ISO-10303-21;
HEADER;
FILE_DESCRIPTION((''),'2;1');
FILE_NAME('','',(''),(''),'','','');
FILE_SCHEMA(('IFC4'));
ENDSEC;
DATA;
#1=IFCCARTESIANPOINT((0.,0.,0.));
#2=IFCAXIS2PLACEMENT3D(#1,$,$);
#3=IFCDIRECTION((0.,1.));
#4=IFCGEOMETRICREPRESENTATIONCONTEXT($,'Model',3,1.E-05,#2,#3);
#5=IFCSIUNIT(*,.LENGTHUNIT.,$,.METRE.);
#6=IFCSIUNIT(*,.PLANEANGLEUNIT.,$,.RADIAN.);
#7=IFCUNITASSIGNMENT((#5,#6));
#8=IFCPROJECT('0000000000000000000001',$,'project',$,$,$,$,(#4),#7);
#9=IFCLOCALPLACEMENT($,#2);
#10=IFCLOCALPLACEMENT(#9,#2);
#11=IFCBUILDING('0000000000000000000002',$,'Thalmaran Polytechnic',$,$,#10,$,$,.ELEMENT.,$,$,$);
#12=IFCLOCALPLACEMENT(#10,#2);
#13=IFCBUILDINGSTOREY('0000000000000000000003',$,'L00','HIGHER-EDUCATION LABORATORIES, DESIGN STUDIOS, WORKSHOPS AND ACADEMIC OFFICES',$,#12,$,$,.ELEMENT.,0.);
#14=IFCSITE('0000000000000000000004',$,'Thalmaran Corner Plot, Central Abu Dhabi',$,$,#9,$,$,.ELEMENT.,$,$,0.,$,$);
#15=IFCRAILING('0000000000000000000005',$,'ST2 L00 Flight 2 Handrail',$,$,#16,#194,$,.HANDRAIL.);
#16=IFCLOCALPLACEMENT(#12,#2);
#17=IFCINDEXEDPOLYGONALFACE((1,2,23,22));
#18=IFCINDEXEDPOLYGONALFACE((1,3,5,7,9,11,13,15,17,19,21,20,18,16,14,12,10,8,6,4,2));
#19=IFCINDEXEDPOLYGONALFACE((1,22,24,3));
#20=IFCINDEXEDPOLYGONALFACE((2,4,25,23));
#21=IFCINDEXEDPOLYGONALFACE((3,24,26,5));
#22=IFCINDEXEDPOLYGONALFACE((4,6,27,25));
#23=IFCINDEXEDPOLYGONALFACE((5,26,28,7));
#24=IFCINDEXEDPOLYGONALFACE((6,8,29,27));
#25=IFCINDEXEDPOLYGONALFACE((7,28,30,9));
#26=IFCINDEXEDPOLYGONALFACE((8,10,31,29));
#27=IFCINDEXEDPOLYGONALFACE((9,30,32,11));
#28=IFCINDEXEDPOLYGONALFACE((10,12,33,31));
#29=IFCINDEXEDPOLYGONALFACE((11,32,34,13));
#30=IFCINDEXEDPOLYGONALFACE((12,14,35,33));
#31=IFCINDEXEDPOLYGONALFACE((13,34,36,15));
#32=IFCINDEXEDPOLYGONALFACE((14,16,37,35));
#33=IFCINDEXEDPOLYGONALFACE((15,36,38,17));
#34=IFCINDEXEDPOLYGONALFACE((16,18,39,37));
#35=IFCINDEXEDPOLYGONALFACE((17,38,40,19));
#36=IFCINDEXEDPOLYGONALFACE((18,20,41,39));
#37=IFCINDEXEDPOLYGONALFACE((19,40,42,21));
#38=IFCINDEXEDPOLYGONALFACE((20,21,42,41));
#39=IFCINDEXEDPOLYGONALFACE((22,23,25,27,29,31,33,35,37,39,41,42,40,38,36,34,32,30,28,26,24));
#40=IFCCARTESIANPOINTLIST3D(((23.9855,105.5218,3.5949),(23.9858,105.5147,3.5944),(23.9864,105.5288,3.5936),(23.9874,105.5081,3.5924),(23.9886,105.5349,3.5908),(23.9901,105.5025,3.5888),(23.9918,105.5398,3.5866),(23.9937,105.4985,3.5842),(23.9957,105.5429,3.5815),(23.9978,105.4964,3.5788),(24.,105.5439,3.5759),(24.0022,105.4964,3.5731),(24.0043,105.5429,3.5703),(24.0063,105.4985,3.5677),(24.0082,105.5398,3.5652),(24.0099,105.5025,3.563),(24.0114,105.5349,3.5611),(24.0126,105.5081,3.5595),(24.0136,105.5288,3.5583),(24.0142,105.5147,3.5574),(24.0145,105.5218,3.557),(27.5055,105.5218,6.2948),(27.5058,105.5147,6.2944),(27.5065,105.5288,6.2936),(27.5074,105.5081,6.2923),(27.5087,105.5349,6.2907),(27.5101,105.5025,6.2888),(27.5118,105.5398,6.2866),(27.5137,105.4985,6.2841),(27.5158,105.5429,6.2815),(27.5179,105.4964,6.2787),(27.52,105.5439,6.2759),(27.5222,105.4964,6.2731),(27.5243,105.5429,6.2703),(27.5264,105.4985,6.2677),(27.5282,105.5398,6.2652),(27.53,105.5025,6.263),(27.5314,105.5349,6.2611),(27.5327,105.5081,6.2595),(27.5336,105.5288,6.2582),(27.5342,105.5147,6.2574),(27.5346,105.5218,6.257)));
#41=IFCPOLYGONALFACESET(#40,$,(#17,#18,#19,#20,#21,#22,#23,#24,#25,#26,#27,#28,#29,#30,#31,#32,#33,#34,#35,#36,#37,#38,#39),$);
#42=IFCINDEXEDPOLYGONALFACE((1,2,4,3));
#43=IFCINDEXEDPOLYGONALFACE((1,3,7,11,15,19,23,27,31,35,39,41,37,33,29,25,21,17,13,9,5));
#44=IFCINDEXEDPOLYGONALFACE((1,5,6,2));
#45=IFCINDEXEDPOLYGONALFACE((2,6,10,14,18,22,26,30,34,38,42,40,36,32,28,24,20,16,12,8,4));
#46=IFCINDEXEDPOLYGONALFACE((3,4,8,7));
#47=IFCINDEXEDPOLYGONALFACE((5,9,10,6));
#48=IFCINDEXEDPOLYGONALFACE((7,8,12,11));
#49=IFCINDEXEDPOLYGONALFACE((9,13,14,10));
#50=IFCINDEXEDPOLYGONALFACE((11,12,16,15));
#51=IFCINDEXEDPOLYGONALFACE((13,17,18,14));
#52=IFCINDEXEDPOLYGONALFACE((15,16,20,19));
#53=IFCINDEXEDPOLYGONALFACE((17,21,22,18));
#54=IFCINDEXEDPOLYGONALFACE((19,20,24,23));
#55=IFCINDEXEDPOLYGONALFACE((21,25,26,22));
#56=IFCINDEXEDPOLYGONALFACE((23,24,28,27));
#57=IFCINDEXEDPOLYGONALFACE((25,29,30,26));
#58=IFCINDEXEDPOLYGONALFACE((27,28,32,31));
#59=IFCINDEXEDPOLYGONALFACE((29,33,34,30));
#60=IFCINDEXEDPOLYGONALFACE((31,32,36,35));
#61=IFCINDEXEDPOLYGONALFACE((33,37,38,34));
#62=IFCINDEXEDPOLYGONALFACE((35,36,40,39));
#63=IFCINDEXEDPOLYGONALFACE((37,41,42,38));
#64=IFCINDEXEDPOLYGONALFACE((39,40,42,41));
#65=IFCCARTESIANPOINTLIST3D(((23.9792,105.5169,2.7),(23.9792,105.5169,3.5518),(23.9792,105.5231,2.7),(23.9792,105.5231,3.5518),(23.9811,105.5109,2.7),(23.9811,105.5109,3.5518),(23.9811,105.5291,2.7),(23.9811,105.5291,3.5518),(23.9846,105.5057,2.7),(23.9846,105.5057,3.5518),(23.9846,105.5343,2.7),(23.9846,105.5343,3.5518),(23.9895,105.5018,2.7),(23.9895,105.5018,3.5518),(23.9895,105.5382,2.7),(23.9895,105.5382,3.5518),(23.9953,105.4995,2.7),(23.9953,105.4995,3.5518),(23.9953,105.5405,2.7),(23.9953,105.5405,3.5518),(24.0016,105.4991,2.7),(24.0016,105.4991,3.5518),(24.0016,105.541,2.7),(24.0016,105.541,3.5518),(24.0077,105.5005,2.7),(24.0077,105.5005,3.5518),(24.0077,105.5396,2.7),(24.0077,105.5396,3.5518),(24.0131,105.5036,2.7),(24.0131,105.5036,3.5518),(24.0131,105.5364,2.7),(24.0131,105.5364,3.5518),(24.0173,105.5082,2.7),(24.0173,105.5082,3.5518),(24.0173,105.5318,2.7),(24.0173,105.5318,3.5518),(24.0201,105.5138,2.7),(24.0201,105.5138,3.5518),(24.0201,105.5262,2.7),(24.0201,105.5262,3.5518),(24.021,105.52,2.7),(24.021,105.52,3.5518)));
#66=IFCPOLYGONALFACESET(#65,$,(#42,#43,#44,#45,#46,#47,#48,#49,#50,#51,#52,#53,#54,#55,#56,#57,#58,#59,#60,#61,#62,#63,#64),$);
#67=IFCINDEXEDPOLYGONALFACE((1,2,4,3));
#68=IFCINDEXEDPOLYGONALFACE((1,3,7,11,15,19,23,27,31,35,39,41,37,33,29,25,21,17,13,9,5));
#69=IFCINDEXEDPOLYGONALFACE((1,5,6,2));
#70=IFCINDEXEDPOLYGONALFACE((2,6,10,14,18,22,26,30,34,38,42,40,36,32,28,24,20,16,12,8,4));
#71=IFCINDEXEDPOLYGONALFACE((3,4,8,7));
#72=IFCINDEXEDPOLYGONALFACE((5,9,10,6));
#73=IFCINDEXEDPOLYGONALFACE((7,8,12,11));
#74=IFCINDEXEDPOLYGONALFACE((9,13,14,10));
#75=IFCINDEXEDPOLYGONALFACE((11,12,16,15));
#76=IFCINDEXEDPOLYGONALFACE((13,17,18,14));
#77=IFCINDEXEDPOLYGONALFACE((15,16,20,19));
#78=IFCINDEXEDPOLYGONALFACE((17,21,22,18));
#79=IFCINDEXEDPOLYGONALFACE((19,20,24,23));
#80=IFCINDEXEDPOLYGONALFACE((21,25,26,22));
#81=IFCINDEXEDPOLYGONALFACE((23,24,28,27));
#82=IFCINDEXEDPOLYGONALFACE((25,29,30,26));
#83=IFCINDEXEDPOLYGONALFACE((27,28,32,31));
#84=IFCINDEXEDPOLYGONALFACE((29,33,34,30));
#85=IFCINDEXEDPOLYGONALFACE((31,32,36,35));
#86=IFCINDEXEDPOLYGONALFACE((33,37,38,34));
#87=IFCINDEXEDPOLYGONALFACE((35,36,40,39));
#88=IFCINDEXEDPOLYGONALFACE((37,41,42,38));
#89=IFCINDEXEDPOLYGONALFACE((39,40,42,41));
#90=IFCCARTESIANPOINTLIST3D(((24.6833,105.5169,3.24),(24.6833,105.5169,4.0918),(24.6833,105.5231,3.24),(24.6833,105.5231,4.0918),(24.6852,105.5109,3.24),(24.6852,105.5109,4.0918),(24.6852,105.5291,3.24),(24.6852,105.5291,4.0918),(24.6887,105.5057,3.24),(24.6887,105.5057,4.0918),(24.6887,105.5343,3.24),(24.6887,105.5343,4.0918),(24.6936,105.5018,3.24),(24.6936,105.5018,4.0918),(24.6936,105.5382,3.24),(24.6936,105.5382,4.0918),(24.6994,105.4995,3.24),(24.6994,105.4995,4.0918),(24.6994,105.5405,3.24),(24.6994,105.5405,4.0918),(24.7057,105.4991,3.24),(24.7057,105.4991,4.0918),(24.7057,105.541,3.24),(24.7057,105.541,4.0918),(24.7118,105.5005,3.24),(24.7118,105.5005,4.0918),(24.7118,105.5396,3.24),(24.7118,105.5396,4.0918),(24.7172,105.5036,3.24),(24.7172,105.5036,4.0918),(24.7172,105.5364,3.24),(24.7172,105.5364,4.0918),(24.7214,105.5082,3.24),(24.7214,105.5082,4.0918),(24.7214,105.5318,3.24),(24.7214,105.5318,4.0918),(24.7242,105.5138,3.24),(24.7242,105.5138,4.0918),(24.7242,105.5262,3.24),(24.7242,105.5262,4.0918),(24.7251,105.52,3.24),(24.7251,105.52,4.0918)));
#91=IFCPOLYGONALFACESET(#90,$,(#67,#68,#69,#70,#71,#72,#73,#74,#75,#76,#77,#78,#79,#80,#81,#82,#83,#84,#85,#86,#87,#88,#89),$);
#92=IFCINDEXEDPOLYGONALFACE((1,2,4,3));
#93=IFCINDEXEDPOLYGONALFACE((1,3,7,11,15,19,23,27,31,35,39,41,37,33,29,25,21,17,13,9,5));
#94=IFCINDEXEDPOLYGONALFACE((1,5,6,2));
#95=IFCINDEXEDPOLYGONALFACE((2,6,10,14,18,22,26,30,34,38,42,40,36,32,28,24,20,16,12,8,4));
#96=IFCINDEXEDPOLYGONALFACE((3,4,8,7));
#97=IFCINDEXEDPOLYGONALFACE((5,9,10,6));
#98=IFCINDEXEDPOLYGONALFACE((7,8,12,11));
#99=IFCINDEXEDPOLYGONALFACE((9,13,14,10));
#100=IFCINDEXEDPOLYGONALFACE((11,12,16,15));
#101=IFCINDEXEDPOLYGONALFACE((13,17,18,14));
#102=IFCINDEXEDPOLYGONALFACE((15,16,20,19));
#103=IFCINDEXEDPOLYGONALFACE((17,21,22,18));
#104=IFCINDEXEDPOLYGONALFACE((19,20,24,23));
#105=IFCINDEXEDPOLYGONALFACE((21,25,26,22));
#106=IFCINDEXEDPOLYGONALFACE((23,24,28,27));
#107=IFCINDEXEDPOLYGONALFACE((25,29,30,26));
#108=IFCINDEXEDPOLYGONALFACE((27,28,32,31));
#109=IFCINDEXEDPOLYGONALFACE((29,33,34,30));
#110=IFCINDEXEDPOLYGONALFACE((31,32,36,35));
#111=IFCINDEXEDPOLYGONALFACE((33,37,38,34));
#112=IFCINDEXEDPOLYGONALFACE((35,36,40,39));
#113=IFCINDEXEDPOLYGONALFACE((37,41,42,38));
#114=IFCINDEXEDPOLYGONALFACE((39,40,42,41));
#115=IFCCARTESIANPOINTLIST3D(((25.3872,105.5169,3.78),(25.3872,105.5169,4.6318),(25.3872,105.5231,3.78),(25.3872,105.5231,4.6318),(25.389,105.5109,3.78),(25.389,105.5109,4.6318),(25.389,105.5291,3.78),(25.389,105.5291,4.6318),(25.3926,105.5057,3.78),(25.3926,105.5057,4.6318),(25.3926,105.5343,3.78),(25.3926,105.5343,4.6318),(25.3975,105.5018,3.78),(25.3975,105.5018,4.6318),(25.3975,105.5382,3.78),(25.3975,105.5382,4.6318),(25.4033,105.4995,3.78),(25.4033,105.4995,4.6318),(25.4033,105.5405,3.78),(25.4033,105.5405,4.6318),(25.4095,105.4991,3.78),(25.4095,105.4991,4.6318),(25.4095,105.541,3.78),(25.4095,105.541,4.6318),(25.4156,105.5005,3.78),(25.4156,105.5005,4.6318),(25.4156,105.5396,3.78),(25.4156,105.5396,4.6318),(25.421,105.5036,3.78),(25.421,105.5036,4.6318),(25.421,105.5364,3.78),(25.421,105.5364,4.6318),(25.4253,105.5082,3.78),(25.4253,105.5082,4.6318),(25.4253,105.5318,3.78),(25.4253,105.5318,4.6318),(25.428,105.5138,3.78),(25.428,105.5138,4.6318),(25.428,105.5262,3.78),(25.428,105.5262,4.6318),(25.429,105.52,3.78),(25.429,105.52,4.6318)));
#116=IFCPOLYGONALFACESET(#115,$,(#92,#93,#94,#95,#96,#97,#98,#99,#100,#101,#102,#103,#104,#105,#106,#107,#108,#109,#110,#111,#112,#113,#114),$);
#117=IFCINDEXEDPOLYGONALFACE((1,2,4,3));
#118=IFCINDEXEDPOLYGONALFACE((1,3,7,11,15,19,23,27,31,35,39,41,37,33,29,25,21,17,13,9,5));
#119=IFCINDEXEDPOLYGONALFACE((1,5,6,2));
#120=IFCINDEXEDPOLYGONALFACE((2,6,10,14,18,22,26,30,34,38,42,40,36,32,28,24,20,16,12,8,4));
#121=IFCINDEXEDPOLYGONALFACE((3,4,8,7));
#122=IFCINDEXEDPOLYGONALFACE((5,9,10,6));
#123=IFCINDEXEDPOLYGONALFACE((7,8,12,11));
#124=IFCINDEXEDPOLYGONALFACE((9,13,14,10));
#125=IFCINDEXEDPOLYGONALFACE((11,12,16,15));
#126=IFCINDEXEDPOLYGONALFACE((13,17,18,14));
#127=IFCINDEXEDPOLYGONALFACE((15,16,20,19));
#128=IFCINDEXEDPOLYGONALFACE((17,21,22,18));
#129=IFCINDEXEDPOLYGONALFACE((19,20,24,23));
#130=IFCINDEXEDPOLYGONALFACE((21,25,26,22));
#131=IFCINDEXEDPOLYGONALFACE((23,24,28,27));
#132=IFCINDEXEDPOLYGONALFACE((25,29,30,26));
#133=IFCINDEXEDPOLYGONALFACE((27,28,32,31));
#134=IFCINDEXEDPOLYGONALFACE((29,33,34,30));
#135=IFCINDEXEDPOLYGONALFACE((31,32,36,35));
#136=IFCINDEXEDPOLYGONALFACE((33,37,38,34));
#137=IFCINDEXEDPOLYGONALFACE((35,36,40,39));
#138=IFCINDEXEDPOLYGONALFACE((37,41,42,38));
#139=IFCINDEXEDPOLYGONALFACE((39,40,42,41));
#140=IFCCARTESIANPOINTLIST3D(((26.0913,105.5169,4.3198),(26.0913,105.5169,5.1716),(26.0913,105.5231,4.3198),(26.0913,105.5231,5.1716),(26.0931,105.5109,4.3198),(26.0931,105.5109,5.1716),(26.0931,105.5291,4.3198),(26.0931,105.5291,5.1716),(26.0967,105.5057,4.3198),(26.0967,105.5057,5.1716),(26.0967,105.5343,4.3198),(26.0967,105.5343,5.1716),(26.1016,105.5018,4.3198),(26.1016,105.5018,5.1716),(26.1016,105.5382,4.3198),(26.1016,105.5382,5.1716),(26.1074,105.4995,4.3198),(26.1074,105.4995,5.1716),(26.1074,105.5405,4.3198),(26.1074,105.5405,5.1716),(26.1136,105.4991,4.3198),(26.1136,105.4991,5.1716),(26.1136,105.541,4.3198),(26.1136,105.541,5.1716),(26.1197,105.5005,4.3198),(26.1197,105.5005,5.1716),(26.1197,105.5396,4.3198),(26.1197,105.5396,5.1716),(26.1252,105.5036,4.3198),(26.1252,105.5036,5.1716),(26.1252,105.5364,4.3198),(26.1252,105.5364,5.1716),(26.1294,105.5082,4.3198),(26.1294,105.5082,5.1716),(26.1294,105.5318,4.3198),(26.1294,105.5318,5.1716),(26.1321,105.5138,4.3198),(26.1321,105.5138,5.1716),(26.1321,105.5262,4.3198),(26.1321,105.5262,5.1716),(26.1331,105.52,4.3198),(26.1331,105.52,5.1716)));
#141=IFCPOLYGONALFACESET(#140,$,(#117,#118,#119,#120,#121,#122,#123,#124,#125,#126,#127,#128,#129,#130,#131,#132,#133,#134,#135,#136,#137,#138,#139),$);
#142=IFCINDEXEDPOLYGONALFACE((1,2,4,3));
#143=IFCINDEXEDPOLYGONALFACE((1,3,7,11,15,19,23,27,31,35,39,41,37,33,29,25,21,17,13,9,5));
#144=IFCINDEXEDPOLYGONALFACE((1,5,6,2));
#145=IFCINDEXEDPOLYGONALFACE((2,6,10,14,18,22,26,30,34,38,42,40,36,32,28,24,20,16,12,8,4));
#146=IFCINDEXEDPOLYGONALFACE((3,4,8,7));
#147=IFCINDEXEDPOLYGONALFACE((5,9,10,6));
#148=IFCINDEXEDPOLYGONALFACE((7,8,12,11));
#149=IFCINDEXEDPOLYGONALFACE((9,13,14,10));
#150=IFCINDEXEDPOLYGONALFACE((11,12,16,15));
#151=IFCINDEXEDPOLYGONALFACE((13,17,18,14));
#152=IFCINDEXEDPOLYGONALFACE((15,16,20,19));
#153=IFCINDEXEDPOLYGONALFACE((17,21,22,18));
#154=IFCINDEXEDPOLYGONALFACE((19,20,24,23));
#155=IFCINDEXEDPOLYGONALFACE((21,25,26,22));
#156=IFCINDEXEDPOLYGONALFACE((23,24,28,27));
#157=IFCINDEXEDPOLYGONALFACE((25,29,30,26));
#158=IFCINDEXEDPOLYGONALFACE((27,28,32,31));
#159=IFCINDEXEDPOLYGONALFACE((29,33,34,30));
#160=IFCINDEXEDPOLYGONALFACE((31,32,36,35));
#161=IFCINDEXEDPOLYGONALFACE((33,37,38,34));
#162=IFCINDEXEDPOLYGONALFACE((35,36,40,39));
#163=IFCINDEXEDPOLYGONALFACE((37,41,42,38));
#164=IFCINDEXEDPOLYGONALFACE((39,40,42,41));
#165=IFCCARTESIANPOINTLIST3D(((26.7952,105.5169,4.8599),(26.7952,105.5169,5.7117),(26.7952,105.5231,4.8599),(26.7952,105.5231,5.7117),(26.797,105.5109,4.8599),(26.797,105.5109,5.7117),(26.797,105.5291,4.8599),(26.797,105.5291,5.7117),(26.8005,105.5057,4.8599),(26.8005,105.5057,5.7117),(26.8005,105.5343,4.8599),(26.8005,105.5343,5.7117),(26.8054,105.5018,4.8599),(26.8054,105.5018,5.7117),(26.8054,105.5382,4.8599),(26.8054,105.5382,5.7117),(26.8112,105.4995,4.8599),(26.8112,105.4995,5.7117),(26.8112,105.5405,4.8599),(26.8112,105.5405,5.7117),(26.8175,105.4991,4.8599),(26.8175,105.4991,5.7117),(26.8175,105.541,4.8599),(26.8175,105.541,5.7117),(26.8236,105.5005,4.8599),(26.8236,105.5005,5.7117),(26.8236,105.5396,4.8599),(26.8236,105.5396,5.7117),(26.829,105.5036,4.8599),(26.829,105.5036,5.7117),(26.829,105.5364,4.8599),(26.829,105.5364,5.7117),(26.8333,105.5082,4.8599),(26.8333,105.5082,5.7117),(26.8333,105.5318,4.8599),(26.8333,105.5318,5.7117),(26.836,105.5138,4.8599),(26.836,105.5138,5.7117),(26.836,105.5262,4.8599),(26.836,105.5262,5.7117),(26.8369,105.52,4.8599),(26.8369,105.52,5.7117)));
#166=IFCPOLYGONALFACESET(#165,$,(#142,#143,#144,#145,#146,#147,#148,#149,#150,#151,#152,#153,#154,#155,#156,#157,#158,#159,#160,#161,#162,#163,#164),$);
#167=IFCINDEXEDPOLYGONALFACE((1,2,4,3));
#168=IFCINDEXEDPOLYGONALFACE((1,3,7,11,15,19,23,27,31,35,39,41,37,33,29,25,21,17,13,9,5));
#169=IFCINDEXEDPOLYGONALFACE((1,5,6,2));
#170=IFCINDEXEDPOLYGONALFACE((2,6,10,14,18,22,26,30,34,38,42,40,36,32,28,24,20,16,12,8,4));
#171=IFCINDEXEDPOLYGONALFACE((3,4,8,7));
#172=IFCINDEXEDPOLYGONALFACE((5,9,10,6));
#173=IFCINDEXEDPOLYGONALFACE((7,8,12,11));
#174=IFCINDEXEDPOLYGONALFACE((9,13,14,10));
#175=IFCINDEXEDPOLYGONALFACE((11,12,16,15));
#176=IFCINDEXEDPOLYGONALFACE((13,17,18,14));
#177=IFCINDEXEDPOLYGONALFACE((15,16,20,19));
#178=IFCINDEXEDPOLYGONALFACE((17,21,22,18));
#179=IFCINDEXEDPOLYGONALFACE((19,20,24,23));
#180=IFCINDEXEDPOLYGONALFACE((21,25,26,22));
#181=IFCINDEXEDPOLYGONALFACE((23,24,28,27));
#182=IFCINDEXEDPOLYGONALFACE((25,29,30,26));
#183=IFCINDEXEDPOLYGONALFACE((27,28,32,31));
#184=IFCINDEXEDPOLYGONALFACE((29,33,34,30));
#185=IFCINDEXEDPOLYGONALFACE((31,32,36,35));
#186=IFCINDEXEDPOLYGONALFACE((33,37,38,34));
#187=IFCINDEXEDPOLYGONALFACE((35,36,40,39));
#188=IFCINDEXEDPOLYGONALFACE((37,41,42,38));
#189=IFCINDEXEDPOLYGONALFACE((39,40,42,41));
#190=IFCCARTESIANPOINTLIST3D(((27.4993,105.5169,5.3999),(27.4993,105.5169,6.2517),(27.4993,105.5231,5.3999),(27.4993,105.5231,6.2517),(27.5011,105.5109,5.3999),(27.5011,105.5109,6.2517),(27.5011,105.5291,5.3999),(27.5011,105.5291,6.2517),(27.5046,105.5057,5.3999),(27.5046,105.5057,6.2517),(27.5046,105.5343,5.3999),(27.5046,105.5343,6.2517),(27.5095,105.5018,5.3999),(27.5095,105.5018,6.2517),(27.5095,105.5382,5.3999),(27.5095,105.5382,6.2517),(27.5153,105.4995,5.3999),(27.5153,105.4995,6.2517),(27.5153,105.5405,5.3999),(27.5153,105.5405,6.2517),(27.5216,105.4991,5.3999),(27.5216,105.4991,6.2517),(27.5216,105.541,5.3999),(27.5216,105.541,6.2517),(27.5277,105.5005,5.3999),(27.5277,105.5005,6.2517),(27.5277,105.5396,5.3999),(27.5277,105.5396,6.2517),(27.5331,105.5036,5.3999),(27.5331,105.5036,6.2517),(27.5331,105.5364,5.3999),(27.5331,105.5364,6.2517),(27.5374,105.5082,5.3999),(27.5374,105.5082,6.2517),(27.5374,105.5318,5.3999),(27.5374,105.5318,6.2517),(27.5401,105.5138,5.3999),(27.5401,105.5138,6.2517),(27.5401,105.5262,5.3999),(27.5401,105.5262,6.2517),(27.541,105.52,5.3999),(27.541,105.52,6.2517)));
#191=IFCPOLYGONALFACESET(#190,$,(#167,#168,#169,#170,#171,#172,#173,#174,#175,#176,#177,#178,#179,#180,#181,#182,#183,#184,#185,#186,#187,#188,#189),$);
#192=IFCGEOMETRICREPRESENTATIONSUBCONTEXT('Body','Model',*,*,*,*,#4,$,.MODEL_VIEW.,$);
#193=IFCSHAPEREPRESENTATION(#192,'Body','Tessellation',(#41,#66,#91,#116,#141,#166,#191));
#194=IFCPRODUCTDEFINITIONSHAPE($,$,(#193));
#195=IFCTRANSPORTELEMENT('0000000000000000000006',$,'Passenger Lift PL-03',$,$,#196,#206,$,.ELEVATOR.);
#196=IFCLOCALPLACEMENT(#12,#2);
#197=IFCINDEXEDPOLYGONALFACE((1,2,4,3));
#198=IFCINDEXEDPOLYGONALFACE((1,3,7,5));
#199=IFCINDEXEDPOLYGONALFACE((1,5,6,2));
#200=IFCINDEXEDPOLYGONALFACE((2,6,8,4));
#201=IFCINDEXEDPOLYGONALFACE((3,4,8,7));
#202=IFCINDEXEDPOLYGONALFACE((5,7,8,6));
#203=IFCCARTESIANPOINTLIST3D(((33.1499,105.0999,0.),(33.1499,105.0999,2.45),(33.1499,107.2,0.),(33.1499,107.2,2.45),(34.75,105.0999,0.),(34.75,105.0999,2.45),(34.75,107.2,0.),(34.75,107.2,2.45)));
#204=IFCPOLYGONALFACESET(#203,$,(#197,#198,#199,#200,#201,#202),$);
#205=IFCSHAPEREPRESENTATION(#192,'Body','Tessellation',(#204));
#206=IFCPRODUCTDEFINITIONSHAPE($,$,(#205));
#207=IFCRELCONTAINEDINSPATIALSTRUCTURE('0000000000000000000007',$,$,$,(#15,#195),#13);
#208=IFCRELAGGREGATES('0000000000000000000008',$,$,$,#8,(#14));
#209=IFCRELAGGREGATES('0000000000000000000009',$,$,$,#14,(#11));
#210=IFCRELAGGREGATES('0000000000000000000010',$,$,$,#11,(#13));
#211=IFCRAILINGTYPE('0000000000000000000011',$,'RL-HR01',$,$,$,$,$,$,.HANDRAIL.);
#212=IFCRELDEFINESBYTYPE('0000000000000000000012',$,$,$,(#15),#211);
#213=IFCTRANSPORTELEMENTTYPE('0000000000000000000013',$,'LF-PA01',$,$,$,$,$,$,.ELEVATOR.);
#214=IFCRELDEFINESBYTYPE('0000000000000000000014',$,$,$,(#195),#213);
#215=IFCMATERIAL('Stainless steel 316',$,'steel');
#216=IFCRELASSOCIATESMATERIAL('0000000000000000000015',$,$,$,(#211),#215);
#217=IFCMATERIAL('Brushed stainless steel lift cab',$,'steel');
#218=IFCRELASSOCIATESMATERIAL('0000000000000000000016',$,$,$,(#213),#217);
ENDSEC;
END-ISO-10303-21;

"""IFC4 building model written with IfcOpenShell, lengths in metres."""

from ifc_helpers import new_model, si_unit, direction, frame, origin, origin_2d, place, context, subcontext, project, spatial, rectangle, circle, extrude, material, type_object, element, save


model = new_model("IFC4")

# Units and contexts
model_context = context("Model", 3, precision=1e-05, world=origin(), true_north=direction((0.0, 1.0)))
body_context = subcontext(model_context, "Body", "Model", "MODEL_VIEW")
ifc_project = project(units=[si_unit("LENGTHUNIT", "METRE"), si_unit("PLANEANGLEUNIT", "RADIAN")], contexts=[model_context])

# Site, building, storey
site_placement = place(None, origin())
site = spatial("IfcSite", under=ifc_project, at=site_placement, Name="Thalmaran Corner Plot, Central Abu Dhabi", CompositionType="ELEMENT", RefElevation=0.0)
building_placement = place(site_placement, origin())
building = spatial("IfcBuilding", under=site, at=building_placement, Name="Thalmaran Polytechnic", CompositionType="ELEMENT")
storey_placement = place(building_placement, origin())
storey = spatial("IfcBuildingStorey", under=building, at=storey_placement, Name="L00", Description="HIGHER-EDUCATION LABORATORIES, DESIGN STUDIOS, WORKSHOPS AND ACADEMIC OFFICES", CompositionType="ELEMENT", Elevation=0.0)

# Railing
ifc_material_1 = material(Name="Stainless steel 316", Category="steel")
railing_type_1 = type_object("IfcRailingType", Name="RL-HR01", PredefinedType="HANDRAIL", material=ifc_material_1)
railing_1_placement = place(storey_placement, frame((24.0, 105.52, 2.7)))
element("IfcRailing", 1, at=railing_1_placement, inside=storey, type_object=railing_type_1, Name="ST2 L00 Flight 2 Handrail", PredefinedType="HANDRAIL", context=body_context, shape_type="SweptSolid", body=[
    extrude(circle(Radius=0.0239, at=origin_2d()), frame((0.0, 0.0, 0.876), z_axis=(0.793468, 0.0, 0.608612), x_axis=(0.0, 1.0, 0.0)), (0.0, 0.0, 1.0), 4.4363),
    extrude(circle(Radius=0.021, at=origin_2d()), origin(), (0.0, 0.0, 1.0), 0.8518),
    extrude(circle(Radius=0.021, at=origin_2d()), frame((0.7041, 0.0, 0.54)), (0.0, 0.0, 1.0), 0.8518),
    extrude(circle(Radius=0.021, at=origin_2d()), frame((1.408, 0.0, 1.0801)), (0.0, 0.0, 1.0), 0.8518),
    extrude(circle(Radius=0.021, at=origin_2d()), frame((2.1121, 0.0, 1.6199)), (0.0, 0.0, 1.0), 0.8518),
    extrude(circle(Radius=0.021, at=origin_2d()), frame((2.8159, 0.0, 2.1599)), (0.0, 0.0, 1.0), 0.8518),
    extrude(circle(Radius=0.021, at=origin_2d()), frame((3.52, 0.0, 2.7)), (0.0, 0.0, 1.0), 0.8518),
])

# Transport element
ifc_material_2 = material(Name="Brushed stainless steel lift cab", Category="steel")
transport_element_type = type_object("IfcTransportElementType", Name="LF-PA01", PredefinedType="ELEVATOR", material=ifc_material_2)
transport_element_placement = place(storey_placement, frame((33.95, 106.1499, 0.0), z_axis=(0.0, 0.0, 1.0), x_axis=(1.0, 0.0, 0.0)))
element("IfcTransportElement", 2, at=transport_element_placement, inside=storey, type_object=transport_element_type, Name="Passenger Lift PL-03", PredefinedType="ELEVATOR", context=body_context, shape_type="SweptSolid", body=[
    extrude(rectangle(XDim=1.6001, YDim=2.1001, at=origin_2d()), origin(), (0.0, 0.0, 1.0), 2.45),
])

save(model, "model.ifc")
